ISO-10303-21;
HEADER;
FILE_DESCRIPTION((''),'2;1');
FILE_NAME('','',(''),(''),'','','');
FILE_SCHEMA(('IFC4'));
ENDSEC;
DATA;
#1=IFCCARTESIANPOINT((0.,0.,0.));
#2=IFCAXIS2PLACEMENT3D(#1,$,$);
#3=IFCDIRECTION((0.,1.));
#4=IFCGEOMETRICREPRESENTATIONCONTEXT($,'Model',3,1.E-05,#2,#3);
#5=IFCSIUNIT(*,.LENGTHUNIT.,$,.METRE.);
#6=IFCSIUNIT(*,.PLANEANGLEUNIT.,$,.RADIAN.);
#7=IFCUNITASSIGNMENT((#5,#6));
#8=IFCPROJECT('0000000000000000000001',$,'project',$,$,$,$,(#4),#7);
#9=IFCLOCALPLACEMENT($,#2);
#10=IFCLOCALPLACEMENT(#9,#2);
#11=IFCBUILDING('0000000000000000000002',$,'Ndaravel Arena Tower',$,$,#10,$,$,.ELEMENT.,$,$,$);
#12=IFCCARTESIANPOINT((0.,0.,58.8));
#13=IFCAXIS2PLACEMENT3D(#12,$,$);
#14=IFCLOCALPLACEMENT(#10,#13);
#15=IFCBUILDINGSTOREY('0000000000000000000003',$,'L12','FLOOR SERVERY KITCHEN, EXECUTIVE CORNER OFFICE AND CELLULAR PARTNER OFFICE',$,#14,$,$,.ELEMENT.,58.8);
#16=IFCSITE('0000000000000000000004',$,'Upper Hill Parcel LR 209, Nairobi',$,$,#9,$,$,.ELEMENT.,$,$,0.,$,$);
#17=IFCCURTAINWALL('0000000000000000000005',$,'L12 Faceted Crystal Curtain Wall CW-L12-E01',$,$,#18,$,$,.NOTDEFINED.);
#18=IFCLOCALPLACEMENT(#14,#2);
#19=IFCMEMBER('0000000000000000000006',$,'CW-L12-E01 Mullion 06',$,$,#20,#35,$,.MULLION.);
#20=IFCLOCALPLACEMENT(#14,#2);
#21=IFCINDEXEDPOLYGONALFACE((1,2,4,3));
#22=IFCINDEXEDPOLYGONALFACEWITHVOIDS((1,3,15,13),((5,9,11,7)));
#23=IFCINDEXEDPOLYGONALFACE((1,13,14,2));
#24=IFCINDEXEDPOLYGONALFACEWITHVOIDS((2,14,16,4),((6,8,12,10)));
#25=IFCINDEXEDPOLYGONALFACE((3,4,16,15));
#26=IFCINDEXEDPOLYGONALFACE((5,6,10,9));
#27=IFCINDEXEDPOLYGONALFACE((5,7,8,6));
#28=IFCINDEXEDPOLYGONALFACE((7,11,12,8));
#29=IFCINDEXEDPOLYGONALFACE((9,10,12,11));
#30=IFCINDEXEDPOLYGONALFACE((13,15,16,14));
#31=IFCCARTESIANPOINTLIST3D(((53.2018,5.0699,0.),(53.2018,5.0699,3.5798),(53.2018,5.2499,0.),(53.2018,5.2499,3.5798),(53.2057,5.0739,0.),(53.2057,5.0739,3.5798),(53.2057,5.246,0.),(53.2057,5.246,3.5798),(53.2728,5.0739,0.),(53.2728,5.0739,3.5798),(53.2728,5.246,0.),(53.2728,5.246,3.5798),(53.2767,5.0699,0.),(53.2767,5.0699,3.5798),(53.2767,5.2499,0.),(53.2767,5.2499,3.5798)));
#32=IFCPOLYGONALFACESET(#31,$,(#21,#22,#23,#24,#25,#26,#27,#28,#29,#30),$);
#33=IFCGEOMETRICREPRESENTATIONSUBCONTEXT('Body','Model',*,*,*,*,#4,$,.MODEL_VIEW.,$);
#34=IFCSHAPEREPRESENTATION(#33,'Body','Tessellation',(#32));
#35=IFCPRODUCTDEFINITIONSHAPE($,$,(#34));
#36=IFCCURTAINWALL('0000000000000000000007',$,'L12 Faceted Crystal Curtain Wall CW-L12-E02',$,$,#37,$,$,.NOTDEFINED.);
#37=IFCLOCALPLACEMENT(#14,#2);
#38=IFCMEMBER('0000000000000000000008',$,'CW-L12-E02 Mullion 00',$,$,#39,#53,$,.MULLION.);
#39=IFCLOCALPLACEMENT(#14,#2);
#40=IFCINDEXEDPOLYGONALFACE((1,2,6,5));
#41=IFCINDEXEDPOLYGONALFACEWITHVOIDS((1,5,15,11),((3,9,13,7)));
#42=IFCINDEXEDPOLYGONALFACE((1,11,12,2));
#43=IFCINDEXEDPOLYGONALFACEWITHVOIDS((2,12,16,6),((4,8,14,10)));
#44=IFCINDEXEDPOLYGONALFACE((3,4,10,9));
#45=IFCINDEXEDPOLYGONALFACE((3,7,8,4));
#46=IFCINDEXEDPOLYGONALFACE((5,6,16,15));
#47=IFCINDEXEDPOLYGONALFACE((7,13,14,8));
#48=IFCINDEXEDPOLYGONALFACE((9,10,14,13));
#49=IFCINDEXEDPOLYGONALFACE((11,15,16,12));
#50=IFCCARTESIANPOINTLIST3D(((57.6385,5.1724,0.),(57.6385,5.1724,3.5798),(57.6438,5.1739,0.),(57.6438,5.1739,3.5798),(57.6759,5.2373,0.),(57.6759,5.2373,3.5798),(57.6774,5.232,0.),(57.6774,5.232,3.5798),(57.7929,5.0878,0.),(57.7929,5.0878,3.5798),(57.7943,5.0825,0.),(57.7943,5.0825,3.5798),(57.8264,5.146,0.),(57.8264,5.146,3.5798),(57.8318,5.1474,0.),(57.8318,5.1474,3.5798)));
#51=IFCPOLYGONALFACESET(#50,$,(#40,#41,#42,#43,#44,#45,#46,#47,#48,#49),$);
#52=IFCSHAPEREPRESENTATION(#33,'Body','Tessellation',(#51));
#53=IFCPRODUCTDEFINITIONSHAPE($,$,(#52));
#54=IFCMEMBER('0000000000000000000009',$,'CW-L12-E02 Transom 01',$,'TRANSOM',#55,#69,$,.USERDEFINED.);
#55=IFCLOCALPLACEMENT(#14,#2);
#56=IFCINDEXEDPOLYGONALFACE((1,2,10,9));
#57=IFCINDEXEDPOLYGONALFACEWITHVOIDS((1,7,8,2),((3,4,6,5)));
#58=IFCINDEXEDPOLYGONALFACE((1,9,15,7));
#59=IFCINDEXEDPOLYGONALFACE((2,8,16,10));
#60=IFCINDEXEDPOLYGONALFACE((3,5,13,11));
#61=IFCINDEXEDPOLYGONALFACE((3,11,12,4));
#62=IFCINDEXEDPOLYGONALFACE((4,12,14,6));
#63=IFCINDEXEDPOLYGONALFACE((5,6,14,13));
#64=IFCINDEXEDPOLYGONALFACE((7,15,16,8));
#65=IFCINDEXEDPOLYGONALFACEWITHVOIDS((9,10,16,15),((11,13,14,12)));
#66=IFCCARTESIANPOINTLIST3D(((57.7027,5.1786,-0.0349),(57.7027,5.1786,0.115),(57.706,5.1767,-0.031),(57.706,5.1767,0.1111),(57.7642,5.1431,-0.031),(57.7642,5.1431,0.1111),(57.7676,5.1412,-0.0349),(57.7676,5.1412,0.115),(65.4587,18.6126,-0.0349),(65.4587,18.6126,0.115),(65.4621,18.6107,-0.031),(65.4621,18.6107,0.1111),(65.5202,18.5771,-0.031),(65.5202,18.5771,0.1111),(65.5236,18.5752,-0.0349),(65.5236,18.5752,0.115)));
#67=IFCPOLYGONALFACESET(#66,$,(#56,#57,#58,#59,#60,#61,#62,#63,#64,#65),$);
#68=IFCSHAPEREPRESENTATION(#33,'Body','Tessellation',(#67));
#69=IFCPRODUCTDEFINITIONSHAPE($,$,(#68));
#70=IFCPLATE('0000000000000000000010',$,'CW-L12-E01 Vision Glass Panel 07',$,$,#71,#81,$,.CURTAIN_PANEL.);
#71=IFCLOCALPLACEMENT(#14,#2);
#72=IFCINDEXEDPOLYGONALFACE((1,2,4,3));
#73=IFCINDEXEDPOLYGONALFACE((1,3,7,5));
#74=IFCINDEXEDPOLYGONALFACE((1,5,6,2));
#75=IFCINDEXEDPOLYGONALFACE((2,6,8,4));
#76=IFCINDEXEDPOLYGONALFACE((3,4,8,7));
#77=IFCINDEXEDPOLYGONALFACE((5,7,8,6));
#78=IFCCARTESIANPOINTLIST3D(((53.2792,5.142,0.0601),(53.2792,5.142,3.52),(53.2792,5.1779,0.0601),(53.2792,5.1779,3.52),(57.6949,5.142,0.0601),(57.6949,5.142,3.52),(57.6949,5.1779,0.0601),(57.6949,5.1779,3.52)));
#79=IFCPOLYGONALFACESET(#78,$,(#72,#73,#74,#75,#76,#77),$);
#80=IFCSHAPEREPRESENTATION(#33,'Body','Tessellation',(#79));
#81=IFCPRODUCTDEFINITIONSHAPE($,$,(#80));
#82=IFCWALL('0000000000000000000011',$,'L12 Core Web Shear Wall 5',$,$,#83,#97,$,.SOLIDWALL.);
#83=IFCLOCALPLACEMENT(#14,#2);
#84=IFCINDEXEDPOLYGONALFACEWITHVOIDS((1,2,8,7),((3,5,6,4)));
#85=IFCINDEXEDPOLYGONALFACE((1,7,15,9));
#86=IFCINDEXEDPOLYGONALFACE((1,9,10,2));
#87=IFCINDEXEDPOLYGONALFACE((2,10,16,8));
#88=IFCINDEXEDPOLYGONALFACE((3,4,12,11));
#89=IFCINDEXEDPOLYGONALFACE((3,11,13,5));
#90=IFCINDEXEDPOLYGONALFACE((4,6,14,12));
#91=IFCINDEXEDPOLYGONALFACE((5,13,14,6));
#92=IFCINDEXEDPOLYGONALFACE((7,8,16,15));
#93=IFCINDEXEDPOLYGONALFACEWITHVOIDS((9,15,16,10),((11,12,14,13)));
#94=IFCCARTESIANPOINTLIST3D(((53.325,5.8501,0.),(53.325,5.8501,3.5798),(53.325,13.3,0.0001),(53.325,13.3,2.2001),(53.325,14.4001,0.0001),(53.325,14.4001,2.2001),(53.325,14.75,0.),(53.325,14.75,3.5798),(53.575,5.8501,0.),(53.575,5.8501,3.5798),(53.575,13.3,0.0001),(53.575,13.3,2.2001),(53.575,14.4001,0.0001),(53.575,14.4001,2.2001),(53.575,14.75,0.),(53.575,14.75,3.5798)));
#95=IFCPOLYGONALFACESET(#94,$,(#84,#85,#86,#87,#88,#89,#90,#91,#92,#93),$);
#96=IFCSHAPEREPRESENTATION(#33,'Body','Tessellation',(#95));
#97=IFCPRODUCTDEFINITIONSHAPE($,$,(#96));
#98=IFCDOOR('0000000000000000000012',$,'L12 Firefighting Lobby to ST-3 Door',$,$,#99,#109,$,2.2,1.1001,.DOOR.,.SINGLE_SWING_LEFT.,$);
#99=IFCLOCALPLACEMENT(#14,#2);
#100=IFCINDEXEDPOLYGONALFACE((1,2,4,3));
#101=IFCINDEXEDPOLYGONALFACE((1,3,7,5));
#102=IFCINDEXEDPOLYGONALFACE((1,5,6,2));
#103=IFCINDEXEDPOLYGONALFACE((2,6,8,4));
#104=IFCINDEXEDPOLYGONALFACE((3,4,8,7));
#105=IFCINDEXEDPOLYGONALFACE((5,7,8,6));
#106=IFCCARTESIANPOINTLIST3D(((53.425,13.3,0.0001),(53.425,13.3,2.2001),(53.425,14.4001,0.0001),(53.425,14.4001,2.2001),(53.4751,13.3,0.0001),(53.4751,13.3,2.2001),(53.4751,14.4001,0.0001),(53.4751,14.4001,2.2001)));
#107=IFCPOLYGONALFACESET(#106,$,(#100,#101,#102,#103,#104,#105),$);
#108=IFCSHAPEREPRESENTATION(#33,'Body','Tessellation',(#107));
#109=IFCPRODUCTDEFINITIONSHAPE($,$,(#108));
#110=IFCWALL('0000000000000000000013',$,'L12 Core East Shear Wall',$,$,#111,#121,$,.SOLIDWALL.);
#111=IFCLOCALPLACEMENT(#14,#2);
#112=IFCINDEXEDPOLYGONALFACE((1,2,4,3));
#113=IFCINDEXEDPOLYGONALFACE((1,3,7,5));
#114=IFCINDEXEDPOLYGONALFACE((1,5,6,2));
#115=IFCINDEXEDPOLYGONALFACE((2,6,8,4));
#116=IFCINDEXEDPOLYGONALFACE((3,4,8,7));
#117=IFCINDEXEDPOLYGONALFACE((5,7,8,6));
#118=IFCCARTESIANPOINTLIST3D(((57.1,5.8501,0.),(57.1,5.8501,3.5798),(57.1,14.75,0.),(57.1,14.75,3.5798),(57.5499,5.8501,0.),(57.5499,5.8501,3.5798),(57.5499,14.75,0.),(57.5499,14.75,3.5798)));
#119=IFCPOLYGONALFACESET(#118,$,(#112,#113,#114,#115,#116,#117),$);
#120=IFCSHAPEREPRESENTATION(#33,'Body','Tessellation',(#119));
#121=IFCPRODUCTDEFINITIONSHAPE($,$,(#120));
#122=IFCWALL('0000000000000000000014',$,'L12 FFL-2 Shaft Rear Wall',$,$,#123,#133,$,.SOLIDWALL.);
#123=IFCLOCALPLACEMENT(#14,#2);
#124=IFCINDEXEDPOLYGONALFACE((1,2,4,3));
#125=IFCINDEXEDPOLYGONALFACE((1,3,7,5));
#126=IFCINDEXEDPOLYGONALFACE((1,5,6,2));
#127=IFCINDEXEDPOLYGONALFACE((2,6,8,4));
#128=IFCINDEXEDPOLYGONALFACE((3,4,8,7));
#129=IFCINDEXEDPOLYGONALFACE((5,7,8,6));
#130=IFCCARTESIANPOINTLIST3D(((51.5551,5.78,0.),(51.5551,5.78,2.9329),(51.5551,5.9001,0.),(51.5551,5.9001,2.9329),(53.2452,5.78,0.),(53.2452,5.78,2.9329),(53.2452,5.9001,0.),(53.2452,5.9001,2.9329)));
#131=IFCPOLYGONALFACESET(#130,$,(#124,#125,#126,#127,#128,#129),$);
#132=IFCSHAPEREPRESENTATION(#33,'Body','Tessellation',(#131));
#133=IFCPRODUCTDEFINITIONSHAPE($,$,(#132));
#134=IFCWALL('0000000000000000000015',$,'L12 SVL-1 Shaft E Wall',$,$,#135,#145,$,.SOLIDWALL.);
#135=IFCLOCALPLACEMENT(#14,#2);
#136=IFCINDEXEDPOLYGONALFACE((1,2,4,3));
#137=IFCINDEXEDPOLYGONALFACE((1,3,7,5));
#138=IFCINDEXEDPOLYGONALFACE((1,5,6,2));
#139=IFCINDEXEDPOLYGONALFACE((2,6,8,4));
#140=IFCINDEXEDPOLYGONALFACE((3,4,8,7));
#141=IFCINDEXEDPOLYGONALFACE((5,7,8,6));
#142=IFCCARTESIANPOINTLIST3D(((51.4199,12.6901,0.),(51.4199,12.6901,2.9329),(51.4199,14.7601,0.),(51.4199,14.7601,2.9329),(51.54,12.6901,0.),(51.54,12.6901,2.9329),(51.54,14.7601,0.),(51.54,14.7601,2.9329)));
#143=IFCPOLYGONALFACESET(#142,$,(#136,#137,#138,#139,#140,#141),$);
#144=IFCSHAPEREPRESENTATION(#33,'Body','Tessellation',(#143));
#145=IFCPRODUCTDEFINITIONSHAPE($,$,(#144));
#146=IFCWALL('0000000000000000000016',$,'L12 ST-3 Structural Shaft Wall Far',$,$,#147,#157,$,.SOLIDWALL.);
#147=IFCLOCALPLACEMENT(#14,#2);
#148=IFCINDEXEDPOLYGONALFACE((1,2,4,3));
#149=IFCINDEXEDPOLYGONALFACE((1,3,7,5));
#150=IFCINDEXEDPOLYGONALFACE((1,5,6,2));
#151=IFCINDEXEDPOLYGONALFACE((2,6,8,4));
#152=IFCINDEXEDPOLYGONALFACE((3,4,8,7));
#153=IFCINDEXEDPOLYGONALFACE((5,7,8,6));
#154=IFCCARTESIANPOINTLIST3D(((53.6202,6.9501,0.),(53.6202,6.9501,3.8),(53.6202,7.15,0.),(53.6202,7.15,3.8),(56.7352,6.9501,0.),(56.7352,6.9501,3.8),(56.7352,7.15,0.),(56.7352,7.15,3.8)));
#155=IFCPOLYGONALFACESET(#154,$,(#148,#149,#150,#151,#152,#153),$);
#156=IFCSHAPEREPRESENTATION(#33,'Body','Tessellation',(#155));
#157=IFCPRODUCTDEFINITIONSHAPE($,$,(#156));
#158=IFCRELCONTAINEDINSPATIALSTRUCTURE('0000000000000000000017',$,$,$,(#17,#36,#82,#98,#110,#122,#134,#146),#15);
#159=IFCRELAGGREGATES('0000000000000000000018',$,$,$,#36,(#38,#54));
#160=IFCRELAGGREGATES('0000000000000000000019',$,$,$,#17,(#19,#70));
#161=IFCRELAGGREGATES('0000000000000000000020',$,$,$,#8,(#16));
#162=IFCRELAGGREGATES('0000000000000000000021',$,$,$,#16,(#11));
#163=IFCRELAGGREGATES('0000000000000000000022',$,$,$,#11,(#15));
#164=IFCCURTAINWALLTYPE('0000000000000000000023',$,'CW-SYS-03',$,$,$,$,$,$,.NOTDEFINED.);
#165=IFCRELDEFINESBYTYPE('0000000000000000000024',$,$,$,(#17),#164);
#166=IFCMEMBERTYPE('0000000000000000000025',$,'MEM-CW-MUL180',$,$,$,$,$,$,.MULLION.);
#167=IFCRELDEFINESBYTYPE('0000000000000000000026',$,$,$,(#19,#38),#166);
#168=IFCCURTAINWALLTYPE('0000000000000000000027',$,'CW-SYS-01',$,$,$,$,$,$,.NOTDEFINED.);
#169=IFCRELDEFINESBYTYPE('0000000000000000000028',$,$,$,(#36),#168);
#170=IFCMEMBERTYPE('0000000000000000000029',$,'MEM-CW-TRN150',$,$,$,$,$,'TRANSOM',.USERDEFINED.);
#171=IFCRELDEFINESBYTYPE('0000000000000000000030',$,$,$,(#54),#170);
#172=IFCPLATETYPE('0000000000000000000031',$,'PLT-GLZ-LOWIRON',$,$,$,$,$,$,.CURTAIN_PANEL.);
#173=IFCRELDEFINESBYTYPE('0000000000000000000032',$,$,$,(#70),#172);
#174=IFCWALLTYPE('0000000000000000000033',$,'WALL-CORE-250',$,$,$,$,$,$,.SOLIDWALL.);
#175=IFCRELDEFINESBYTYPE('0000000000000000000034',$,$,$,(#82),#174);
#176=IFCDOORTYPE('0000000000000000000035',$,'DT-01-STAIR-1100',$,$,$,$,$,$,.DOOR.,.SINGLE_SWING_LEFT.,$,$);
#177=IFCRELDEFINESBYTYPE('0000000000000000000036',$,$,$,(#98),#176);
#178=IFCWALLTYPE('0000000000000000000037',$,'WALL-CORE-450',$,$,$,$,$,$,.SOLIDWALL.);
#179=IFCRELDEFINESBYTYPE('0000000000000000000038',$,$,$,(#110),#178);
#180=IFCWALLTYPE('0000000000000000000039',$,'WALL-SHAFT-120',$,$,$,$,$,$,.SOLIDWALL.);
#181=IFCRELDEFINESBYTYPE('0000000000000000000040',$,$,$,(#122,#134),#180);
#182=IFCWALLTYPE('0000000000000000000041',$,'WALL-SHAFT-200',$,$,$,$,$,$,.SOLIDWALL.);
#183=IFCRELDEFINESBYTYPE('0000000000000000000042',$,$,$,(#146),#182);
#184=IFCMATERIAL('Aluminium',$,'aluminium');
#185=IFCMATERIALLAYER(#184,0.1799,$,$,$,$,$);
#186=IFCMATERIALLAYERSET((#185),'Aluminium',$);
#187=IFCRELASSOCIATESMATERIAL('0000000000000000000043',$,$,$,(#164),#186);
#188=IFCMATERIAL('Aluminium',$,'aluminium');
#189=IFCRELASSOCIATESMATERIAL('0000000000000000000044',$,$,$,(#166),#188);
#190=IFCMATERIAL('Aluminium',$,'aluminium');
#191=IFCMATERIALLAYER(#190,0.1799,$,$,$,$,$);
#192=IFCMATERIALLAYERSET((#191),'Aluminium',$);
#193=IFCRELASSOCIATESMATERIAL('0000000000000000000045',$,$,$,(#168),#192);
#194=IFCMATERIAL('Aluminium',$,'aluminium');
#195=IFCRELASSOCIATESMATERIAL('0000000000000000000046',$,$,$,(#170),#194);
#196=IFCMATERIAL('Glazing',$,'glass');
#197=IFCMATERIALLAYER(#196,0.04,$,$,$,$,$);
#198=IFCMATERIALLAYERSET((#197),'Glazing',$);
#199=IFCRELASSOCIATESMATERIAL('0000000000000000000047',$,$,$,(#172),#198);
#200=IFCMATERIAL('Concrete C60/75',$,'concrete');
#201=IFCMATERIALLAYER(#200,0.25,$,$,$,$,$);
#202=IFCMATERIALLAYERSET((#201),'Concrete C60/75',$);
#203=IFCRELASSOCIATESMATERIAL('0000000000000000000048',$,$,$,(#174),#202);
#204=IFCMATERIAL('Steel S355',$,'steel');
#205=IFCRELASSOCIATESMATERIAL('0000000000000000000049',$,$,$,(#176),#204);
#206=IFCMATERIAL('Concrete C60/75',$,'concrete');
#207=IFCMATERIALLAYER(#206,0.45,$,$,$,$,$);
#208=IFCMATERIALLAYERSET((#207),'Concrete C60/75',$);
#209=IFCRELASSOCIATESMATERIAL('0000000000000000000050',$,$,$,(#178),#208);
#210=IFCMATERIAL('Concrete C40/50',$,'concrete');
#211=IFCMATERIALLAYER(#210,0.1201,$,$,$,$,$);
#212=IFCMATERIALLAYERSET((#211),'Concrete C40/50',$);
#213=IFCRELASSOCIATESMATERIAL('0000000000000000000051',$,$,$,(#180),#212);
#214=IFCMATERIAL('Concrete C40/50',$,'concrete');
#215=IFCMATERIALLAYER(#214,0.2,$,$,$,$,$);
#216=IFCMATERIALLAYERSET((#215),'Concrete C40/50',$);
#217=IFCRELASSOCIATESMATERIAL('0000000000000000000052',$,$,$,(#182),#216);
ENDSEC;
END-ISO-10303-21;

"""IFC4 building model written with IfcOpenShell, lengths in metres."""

from ifc_helpers import new_model, si_unit, direction, frame, frame_2d, origin, origin_2d, place, context, subcontext, project, spatial, rectangle, hollow_rectangle, extrude, material, layer, layer_set, material_profile, profile_set, type_object, element, fill, aggregate, save


model = new_model("IFC4")

# Units and contexts
model_context = context("Model", 3, precision=1e-05, world=origin(), true_north=direction((0.0, 1.0)))
body_context = subcontext(model_context, "Body", "Model", "MODEL_VIEW")
ifc_project = project(units=[si_unit("LENGTHUNIT", "METRE"), si_unit("PLANEANGLEUNIT", "RADIAN")], contexts=[model_context])

# Site, building, storey
site_placement = place(None, origin())
site = spatial("IfcSite", under=ifc_project, at=site_placement, Name="Upper Hill Parcel LR 209, Nairobi", CompositionType="ELEMENT", RefElevation=0.0)
building_placement = place(site_placement, origin())
building = spatial("IfcBuilding", under=site, at=building_placement, Name="Ndaravel Arena Tower", CompositionType="ELEMENT")
storey_placement = place(building_placement, frame((0.0, 0.0, 58.8)))
storey = spatial("IfcBuildingStorey", under=building, at=storey_placement, Name="L12", Description="FLOOR SERVERY KITCHEN, EXECUTIVE CORNER OFFICE AND CELLULAR PARTNER OFFICE", CompositionType="ELEMENT", Elevation=58.8)

# Curtain wall, member
ifc_material_1 = material(Name="Aluminium", Category="aluminium")
ifc_layer_1 = layer(ifc_material_1, 0.1799)
ifc_layer_set_1 = layer_set([ifc_layer_1], Name="Aluminium")
curtain_wall_type_1 = type_object("IfcCurtainWallType", Name="CW-SYS-03", PredefinedType="NOTDEFINED", material=ifc_layer_set_1)
curtain_wall_1_placement = place(storey_placement, origin())
curtain_wall_1 = element("IfcCurtainWall", 1, at=curtain_wall_1_placement, inside=storey, type_object=curtain_wall_type_1, Name="L12 Faceted Crystal Curtain Wall CW-L12-E01", PredefinedType="NOTDEFINED")
ifc_material_2 = material(Name="Aluminium", Category="aluminium")
ifc_material_profile_1 = material_profile(ifc_material_2, hollow_rectangle(XDim=0.075, YDim=0.1799, WallThickness=0.0039, at=origin_2d()), Name="CW MULLION 75x180x4")
ifc_profile_set_1 = profile_set([ifc_material_profile_1], Name="Aluminium")
member_type_1 = type_object("IfcMemberType", Name="MEM-CW-MUL180", PredefinedType="MULLION", material=ifc_profile_set_1)
member_1_placement = place(storey_placement, frame((53.2393, 5.1599, 0.0), z_axis=(0.0, 0.0, 1.0), x_axis=(1.0, 0.0, 0.0)))
member_1 = element("IfcMember", 2, at=member_1_placement, type_object=member_type_1, Name="CW-L12-E01 Mullion 06", PredefinedType="MULLION", context=body_context, shape_type="SweptSolid", body=[
    extrude(hollow_rectangle(XDim=0.075, YDim=0.1799, WallThickness=0.0039, at=origin_2d()), origin(), (0.0, 0.0, 1.0), 3.5798),
])

# Curtain wall, members
ifc_material_3 = material(Name="Aluminium", Category="aluminium")
ifc_layer_2 = layer(ifc_material_3, 0.1799)
ifc_layer_set_2 = layer_set([ifc_layer_2], Name="Aluminium")
curtain_wall_type_2 = type_object("IfcCurtainWallType", Name="CW-SYS-01", PredefinedType="NOTDEFINED", material=ifc_layer_set_2)
curtain_wall_2_placement = place(storey_placement, origin())
curtain_wall_2 = element("IfcCurtainWall", 3, at=curtain_wall_2_placement, inside=storey, type_object=curtain_wall_type_2, Name="L12 Faceted Crystal Curtain Wall CW-L12-E02", PredefinedType="NOTDEFINED")
member_2_placement = place(storey_placement, frame((57.7351, 5.1599, 0.0), z_axis=(0.0, 0.0, 1.0), x_axis=(0.5, 0.866025, 0.0)))
member_2 = element("IfcMember", 4, at=member_2_placement, type_object=member_type_1, Name="CW-L12-E02 Mullion 00", PredefinedType="MULLION", context=body_context, shape_type="SweptSolid", body=[
    extrude(hollow_rectangle(XDim=0.075, YDim=0.1799, WallThickness=0.0039, at=origin_2d()), origin(), (0.0, 0.0, 1.0), 3.5798),
])
ifc_material_4 = material(Name="Aluminium", Category="aluminium")
ifc_material_profile_2 = material_profile(ifc_material_4, hollow_rectangle(XDim=0.075, YDim=0.1499, WallThickness=0.0039, at=origin_2d()), Name="CW TRANSOM 75x150x4")
ifc_profile_set_2 = profile_set([ifc_material_profile_2], Name="Aluminium")
member_type_2 = type_object("IfcMemberType", Name="MEM-CW-TRN150", ElementType="TRANSOM", PredefinedType="USERDEFINED", material=ifc_profile_set_2)
member_3_placement = place(storey_placement, frame((57.7351, 5.1599, 0.04), z_axis=(0.499997, 0.866027, 0.0), x_axis=(-0.866027, 0.499997, 0.0)))
member_3 = element("IfcMember", 5, at=member_3_placement, type_object=member_type_2, Name="CW-L12-E02 Transom 01", ObjectType="TRANSOM", PredefinedType="USERDEFINED", context=body_context, shape_type="SweptSolid", body=[
    extrude(hollow_rectangle(XDim=0.075, YDim=0.1499, WallThickness=0.0039, at=origin_2d()), origin(), (0.0, 0.0, 1.0), 15.5122),
])
aggregate(curtain_wall_2, [member_2, member_3])

# Plate
ifc_material_5 = material(Name="Glazing", Category="glass")
ifc_layer_3 = layer(ifc_material_5, 0.04)
ifc_layer_set_3 = layer_set([ifc_layer_3], Name="Glazing")
plate_type = type_object("IfcPlateType", Name="PLT-GLZ-LOWIRON", PredefinedType="CURTAIN_PANEL", material=ifc_layer_set_3)
plate_placement = place(storey_placement, frame((55.4871, 5.1599, 0.0601), z_axis=(0.0, 0.0, 1.0), x_axis=(1.0, 0.0, 0.0)))
plate = element("IfcPlate", 6, at=plate_placement, type_object=plate_type, Name="CW-L12-E01 Vision Glass Panel 07", PredefinedType="CURTAIN_PANEL", context=body_context, shape_type="SweptSolid", body=[
    extrude(rectangle(XDim=4.4158, YDim=0.0359, at=origin_2d()), origin(), (0.0, 0.0, 1.0), 3.46),
])
aggregate(curtain_wall_1, [member_1, plate])

# Wall, opening, door
ifc_material_6 = material(Name="Concrete C60/75", Category="concrete")
ifc_layer_4 = layer(ifc_material_6, 0.25)
ifc_layer_set_4 = layer_set([ifc_layer_4], Name="Concrete C60/75")
wall_type_1 = type_object("IfcWallType", Name="WALL-CORE-250", PredefinedType="SOLIDWALL", material=ifc_layer_set_4)
wall_1_placement = place(storey_placement, frame((53.45, 5.8501, 0.0), z_axis=(0.0, 0.0, 1.0), x_axis=(0.0, 1.0, 0.0)))
wall_1 = element("IfcWall", 7, at=wall_1_placement, inside=storey, type_object=wall_type_1, Name="L12 Core Web Shear Wall 5", PredefinedType="SOLIDWALL", context=body_context, shape_type="SweptSolid", body=[
    extrude(rectangle(XDim=8.8999, YDim=0.25, at=frame_2d((4.45, 0.0))), origin(), (0.0, 0.0, 1.0), 3.5798),
])
opening_1_placement = place(wall_1_placement, frame((7.45, 0.0, 0.0)))
opening_1 = element("IfcOpeningElement", 8, at=opening_1_placement, cuts=wall_1, PredefinedType="OPENING", context=body_context, shape_type="SweptSolid", body=[
    extrude(rectangle(XDim=1.1001, YDim=2.2, at=frame_2d((0.55, 1.1001))), frame((0.0, 0.125, 0.0), z_axis=(0.0, -1.0, 0.0), x_axis=(1.0, 0.0, 0.0)), (0.0, 0.0, 1.0), 0.25),
])
ifc_material_7 = material(Name="Steel S355", Category="steel")
door_type_1 = type_object("IfcDoorType", Name="DT-01-STAIR-1100", OperationType="SINGLE_SWING_LEFT", PredefinedType="DOOR", material=ifc_material_7)
door_1_placement = place(opening_1_placement, origin())
door_1 = element("IfcDoor", 9, at=door_1_placement, inside=storey, type_object=door_type_1, Name="L12 Firefighting Lobby to ST-3 Door", OperationType="SINGLE_SWING_LEFT", OverallHeight=2.2, OverallWidth=1.1001, PredefinedType="DOOR", context=body_context, shape_type="SweptSolid", body=[
    extrude(rectangle(XDim=1.1001, YDim=2.2, at=frame_2d((0.55, 1.1001))), frame((0.0, 0.0249, 0.0), z_axis=(0.0, -1.0, 0.0), x_axis=(1.0, 0.0, 0.0)), (0.0, 0.0, 1.0), 0.05),
])
fill(opening_1, door_1)

# Walls
ifc_material_8 = material(Name="Concrete C60/75", Category="concrete")
ifc_layer_5 = layer(ifc_material_8, 0.45)
ifc_layer_set_5 = layer_set([ifc_layer_5], Name="Concrete C60/75")
wall_type_2 = type_object("IfcWallType", Name="WALL-CORE-450", PredefinedType="SOLIDWALL", material=ifc_layer_set_5)
wall_2_placement = place(storey_placement, frame((57.325, 5.8501, 0.0), z_axis=(0.0, 0.0, 1.0), x_axis=(0.0, 1.0, 0.0)))
element("IfcWall", 10, at=wall_2_placement, inside=storey, type_object=wall_type_2, Name="L12 Core East Shear Wall", PredefinedType="SOLIDWALL", context=body_context, shape_type="SweptSolid", body=[
    extrude(rectangle(XDim=8.8999, YDim=0.45, at=frame_2d((4.45, 0.0))), origin(), (0.0, 0.0, 1.0), 3.5798),
])
ifc_material_9 = material(Name="Concrete C40/50", Category="concrete")
ifc_layer_6 = layer(ifc_material_9, 0.1201)
ifc_layer_set_6 = layer_set([ifc_layer_6], Name="Concrete C40/50")
wall_type_3 = type_object("IfcWallType", Name="WALL-SHAFT-120", PredefinedType="SOLIDWALL", material=ifc_layer_set_6)
wall_3_placement = place(storey_placement, frame((51.5549, 5.8401, 0.0), z_axis=(0.0, 0.0, 1.0), x_axis=(1.0, 0.0, 0.0)))
element("IfcWall", 11, at=wall_3_placement, inside=storey, type_object=wall_type_3, Name="L12 FFL-2 Shaft Rear Wall", PredefinedType="SOLIDWALL", context=body_context, shape_type="SweptSolid", body=[
    extrude(rectangle(XDim=1.6902, YDim=0.1201, at=frame_2d((0.8452, 0.0))), origin(), (0.0, 0.0, 1.0), 2.9329),
])
wall_4_placement = place(storey_placement, frame((51.48, 12.6899, 0.0), z_axis=(0.0, 0.0, 1.0), x_axis=(0.0, 1.0, 0.0)))
element("IfcWall", 12, at=wall_4_placement, inside=storey, type_object=wall_type_3, Name="L12 SVL-1 Shaft E Wall", PredefinedType="SOLIDWALL", context=body_context, shape_type="SweptSolid", body=[
    extrude(rectangle(XDim=2.0701, YDim=0.1201, at=frame_2d((1.0352, 0.0))), origin(), (0.0, 0.0, 1.0), 2.9329),
])
ifc_material_10 = material(Name="Concrete C40/50", Category="concrete")
ifc_layer_7 = layer(ifc_material_10, 0.2)
ifc_layer_set_7 = layer_set([ifc_layer_7], Name="Concrete C40/50")
wall_type_4 = type_object("IfcWallType", Name="WALL-SHAFT-200", PredefinedType="SOLIDWALL", material=ifc_layer_set_7)
wall_5_placement = place(storey_placement, frame((53.6201, 7.05, 0.0), z_axis=(0.0, 0.0, 1.0), x_axis=(1.0, 0.0, 0.0)))
element("IfcWall", 13, at=wall_5_placement, inside=storey, type_object=wall_type_4, Name="L12 ST-3 Structural Shaft Wall Far", PredefinedType="SOLIDWALL", context=body_context, shape_type="SweptSolid", body=[
    extrude(rectangle(XDim=3.115, YDim=0.2, at=frame_2d((1.5576, 0.0))), origin(), (0.0, 0.0, 1.0), 3.8),
])

save(model, "model.ifc")
